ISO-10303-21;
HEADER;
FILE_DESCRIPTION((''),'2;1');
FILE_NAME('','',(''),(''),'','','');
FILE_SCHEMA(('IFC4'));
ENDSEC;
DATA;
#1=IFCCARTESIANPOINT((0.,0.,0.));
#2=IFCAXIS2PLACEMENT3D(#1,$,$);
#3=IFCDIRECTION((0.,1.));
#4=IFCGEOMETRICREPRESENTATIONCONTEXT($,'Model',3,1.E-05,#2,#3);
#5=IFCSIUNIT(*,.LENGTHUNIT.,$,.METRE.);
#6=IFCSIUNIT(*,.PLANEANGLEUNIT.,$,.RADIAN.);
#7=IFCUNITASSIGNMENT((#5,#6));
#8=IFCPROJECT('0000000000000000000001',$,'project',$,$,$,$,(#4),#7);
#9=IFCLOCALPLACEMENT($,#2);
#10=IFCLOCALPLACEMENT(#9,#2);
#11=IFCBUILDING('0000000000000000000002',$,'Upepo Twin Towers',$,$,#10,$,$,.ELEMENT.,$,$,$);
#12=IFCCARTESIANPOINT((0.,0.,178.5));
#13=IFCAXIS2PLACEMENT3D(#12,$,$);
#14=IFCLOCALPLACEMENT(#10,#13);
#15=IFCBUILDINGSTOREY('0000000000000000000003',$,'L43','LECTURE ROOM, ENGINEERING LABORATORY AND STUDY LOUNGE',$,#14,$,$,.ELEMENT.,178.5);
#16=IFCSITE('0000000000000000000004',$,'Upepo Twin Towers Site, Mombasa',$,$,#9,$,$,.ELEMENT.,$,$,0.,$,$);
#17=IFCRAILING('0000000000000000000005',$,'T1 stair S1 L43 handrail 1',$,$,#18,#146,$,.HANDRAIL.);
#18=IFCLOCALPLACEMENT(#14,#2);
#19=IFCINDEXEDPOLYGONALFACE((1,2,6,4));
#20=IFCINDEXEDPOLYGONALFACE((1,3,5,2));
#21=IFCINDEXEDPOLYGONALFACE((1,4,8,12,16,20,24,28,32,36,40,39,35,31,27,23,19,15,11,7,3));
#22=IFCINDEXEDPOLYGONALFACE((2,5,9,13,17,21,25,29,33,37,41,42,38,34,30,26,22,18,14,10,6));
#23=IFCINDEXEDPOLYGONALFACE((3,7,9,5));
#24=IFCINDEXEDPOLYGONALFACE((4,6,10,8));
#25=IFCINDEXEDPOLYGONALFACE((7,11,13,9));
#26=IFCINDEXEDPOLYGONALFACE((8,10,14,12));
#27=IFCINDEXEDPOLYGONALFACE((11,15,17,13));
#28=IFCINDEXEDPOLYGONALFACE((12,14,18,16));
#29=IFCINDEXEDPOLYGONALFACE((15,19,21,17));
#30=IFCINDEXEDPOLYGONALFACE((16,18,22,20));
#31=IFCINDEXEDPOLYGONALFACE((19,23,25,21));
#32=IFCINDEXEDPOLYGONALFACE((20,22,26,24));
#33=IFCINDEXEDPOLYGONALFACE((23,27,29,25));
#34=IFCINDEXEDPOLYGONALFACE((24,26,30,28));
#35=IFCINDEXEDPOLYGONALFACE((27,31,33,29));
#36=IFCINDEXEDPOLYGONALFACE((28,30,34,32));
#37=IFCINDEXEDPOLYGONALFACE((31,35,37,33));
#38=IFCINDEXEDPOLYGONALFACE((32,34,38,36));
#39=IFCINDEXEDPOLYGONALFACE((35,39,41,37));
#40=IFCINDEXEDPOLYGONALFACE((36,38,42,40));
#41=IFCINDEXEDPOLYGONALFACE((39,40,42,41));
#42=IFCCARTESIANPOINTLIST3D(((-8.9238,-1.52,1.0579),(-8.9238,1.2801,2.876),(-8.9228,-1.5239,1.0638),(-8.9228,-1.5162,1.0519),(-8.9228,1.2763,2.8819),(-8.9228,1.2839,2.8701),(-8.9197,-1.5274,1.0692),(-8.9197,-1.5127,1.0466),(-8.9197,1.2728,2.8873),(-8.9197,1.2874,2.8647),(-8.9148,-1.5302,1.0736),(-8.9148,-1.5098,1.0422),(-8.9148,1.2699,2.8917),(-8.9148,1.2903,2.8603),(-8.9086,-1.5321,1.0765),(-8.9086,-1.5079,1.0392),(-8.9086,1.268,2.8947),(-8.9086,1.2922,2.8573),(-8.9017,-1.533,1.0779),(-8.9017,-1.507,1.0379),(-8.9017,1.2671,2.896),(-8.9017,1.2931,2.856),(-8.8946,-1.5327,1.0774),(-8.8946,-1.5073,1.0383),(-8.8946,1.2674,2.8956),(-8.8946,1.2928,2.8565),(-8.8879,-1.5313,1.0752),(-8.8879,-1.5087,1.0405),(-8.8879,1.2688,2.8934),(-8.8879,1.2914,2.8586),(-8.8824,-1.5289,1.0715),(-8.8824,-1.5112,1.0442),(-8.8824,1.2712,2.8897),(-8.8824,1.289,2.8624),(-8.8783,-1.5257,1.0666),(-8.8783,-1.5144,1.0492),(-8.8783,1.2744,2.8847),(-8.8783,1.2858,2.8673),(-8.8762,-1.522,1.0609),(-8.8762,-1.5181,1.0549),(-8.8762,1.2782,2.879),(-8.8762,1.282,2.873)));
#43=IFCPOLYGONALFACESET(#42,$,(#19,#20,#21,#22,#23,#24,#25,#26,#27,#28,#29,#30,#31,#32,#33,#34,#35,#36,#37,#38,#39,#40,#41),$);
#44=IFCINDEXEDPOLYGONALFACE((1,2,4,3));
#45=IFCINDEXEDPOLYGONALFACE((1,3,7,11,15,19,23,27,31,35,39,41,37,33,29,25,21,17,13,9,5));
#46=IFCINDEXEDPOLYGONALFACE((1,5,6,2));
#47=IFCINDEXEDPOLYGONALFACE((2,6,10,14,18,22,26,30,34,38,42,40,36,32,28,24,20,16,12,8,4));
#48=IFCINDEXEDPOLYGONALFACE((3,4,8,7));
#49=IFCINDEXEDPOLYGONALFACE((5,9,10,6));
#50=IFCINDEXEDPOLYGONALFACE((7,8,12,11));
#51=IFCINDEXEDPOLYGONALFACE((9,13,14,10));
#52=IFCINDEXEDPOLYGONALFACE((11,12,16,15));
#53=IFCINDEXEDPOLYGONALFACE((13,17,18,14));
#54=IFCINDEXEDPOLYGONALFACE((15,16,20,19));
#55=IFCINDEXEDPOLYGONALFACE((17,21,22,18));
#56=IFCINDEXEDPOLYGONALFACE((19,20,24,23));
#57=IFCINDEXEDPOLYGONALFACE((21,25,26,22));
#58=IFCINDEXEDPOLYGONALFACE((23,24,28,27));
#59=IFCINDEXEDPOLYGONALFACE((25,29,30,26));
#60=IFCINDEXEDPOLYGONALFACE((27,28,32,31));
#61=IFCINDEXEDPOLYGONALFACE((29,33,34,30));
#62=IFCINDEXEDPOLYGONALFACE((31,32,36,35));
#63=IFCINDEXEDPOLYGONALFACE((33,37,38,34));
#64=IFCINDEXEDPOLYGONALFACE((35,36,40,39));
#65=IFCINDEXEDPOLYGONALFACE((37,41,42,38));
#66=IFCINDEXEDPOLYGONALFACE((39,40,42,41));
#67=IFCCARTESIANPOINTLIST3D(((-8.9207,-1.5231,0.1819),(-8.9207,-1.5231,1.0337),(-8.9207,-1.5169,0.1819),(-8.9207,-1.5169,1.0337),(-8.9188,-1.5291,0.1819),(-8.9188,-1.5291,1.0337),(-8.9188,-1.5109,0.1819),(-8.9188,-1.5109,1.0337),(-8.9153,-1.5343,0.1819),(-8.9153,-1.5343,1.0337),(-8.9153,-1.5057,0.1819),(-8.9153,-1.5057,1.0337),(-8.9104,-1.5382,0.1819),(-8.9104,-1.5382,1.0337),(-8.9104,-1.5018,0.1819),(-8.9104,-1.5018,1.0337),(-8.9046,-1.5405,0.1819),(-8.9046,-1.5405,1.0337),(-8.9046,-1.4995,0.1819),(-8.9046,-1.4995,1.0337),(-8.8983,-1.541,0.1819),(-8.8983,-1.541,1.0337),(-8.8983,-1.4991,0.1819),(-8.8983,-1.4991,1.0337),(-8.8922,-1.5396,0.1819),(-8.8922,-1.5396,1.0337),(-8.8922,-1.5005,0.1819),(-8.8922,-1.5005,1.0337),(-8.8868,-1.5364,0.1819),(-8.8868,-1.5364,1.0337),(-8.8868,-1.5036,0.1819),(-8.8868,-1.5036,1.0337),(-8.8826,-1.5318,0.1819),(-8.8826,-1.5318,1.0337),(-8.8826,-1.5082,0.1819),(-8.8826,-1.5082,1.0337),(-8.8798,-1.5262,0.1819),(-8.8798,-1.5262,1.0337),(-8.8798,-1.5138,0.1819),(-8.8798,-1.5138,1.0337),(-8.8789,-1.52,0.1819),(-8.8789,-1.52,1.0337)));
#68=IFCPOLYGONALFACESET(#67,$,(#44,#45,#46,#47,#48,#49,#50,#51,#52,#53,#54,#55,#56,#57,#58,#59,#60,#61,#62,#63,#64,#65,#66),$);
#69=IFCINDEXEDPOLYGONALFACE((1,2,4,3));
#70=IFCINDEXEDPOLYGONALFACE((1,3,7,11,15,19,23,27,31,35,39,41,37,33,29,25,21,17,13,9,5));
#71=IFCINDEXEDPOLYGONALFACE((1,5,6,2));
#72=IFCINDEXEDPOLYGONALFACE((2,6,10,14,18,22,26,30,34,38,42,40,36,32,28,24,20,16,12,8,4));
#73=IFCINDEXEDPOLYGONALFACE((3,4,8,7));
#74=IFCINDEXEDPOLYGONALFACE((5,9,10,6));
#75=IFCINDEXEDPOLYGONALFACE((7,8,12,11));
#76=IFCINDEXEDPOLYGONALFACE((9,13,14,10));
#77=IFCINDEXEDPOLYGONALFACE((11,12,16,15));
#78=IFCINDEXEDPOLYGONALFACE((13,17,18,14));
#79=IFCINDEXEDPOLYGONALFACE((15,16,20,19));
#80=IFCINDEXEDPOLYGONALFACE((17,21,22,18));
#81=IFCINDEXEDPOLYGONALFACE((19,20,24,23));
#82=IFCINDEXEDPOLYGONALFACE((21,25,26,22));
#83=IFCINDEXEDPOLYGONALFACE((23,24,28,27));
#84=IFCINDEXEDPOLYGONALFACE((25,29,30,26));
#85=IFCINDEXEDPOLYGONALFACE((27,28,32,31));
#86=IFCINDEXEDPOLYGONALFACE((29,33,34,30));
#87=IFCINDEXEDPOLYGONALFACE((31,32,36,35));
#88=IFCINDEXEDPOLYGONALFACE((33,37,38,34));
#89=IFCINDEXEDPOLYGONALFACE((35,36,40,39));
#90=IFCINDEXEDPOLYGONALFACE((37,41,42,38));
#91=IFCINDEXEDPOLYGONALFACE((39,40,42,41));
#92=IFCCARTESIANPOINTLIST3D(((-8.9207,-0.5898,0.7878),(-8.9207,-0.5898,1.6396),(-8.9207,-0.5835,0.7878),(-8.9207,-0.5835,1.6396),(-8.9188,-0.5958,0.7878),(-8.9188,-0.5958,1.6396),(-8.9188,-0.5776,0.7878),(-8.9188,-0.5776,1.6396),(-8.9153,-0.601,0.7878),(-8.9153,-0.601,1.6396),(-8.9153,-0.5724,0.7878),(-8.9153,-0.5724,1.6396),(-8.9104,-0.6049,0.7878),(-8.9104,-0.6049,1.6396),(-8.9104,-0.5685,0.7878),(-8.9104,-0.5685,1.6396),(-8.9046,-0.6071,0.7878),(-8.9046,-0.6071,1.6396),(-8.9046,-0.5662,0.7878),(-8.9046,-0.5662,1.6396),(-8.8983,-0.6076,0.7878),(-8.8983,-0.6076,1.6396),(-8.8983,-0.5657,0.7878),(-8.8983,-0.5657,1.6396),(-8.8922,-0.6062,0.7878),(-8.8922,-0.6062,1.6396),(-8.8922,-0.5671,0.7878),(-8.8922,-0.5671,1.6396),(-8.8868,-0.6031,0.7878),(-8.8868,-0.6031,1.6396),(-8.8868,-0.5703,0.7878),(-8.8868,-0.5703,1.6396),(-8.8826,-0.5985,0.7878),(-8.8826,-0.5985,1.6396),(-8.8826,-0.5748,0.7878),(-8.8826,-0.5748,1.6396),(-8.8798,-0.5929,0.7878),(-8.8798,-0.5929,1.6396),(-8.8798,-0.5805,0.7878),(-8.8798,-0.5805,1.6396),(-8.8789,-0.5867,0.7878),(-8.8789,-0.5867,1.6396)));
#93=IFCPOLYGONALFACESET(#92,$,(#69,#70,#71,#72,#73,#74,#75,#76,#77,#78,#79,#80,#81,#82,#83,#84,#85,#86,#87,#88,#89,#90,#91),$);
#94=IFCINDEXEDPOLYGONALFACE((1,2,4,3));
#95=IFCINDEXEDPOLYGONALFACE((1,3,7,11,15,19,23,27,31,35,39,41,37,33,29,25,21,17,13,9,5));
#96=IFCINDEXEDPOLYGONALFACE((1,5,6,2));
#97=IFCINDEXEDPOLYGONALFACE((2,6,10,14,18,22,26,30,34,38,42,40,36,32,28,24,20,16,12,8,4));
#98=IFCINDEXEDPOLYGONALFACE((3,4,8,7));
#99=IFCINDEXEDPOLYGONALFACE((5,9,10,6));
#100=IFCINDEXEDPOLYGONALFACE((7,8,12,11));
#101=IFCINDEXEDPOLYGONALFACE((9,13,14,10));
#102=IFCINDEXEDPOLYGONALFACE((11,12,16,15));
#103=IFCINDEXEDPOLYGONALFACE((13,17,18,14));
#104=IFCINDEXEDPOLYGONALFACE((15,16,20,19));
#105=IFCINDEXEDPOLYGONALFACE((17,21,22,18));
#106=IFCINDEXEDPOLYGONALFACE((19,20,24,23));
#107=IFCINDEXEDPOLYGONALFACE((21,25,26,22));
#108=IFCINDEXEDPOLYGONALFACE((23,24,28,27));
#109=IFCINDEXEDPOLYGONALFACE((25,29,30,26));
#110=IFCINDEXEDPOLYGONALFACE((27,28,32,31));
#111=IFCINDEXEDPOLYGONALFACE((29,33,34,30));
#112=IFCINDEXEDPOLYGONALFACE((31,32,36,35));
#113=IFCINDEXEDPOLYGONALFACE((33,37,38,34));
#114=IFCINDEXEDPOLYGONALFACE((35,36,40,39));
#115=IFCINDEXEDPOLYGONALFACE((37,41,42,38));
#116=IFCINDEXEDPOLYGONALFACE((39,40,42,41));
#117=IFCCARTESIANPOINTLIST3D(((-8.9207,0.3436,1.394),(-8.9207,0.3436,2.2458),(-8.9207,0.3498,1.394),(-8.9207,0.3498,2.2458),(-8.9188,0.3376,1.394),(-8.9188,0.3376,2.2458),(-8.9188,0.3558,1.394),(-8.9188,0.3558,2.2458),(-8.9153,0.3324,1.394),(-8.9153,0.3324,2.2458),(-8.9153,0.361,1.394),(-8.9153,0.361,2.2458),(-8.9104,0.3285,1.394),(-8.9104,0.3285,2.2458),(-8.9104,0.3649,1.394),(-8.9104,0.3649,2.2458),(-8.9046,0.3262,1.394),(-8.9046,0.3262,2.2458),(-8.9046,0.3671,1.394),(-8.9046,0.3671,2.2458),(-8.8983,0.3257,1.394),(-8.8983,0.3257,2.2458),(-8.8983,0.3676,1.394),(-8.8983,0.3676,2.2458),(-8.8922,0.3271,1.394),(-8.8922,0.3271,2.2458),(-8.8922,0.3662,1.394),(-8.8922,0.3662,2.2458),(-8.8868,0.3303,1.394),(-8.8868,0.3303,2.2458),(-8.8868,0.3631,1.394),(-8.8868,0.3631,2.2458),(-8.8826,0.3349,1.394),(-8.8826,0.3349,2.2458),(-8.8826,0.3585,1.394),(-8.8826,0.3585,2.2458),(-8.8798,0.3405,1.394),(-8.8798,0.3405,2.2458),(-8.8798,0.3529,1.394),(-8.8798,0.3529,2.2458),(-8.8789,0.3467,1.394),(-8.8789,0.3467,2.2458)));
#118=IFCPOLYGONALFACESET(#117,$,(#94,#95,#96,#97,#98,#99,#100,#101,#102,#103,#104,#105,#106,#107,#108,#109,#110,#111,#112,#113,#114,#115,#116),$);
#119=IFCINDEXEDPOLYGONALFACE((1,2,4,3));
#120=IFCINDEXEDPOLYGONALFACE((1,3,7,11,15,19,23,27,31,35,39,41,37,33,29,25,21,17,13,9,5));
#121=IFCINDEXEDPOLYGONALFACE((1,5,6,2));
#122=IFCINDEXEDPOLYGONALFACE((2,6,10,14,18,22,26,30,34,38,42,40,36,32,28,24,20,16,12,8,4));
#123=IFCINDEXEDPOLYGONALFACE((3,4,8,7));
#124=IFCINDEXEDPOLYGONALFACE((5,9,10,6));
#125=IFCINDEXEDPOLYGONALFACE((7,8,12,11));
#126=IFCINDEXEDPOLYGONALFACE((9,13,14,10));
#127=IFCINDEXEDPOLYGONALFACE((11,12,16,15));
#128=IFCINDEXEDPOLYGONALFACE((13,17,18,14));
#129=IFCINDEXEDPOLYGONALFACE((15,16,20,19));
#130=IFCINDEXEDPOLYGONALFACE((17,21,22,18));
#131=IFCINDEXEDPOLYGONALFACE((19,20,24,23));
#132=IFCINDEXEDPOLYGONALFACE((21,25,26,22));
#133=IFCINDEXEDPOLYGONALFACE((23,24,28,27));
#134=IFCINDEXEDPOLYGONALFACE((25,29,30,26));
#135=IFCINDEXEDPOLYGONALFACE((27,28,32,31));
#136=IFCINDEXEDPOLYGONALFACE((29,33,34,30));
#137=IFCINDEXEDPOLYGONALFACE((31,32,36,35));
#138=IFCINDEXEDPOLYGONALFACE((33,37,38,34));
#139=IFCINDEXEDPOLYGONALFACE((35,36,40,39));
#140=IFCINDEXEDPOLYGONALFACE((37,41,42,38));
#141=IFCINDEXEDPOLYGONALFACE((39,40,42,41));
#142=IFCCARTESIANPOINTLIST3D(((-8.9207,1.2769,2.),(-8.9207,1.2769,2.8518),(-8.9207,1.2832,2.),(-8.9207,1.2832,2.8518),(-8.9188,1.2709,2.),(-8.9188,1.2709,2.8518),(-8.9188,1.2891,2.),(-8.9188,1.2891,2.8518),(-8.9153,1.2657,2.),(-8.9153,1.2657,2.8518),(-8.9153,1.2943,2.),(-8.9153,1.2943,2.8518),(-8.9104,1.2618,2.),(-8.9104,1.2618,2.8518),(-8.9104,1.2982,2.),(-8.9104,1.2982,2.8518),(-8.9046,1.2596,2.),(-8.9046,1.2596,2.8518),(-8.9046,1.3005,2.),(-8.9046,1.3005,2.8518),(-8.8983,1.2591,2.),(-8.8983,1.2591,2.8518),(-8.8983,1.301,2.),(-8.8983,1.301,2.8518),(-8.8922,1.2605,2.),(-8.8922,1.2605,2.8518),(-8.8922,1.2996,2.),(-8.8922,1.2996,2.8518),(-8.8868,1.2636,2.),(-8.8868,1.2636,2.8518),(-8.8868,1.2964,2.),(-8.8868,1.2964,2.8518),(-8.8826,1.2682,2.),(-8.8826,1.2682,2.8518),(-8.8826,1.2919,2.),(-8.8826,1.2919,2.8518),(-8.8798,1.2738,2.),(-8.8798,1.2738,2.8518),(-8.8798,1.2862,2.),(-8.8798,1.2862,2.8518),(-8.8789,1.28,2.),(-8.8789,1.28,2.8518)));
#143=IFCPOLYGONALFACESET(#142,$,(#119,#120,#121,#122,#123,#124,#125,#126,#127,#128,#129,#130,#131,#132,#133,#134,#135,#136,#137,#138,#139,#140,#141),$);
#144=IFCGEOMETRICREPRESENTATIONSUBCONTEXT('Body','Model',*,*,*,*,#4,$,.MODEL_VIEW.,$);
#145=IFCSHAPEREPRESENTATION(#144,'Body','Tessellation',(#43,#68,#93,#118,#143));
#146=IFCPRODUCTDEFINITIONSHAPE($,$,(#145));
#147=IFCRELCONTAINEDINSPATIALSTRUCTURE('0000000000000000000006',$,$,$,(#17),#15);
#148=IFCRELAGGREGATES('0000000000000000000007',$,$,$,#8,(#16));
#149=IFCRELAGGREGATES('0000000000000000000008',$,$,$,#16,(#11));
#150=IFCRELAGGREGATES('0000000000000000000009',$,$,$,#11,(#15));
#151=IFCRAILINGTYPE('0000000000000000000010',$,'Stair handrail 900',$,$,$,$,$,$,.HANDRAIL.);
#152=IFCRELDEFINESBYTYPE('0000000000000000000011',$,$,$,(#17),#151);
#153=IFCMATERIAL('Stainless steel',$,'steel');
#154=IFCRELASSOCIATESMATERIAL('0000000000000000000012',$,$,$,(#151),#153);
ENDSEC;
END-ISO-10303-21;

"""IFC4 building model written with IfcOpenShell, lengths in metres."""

from ifc_helpers import new_model, si_unit, direction, frame, origin, origin_2d, place, context, subcontext, project, spatial, circle, extrude, material, type_object, element, save


model = new_model("IFC4")

# Units and contexts
model_context = context("Model", 3, precision=1e-05, world=origin(), true_north=direction((0.0, 1.0)))
body_context = subcontext(model_context, "Body", "Model", "MODEL_VIEW")
ifc_project = project(units=[si_unit("LENGTHUNIT", "METRE"), si_unit("PLANEANGLEUNIT", "RADIAN")], contexts=[model_context])

# Site, building, storey
site_placement = place(None, origin())
site = spatial("IfcSite", under=ifc_project, at=site_placement, Name="Upepo Twin Towers Site, Mombasa", CompositionType="ELEMENT", RefElevation=0.0)
building_placement = place(site_placement, origin())
building = spatial("IfcBuilding", under=site, at=building_placement, Name="Upepo Twin Towers", CompositionType="ELEMENT")
storey_placement = place(building_placement, frame((0.0, 0.0, 178.5)))
storey = spatial("IfcBuildingStorey", under=building, at=storey_placement, Name="L43", Description="LECTURE ROOM, ENGINEERING LABORATORY AND STUDY LOUNGE", CompositionType="ELEMENT", Elevation=178.5)

# Railing
ifc_material_1 = material(Name="Stainless steel", Category="steel")
railing_type = type_object("IfcRailingType", Name="Stair handrail 900", PredefinedType="HANDRAIL", material=ifc_material_1)
railing_1_placement = place(storey_placement, frame((-8.8999, -1.52, 0.1819)))
element("IfcRailing", 1, at=railing_1_placement, inside=storey, type_object=railing_type, Name="T1 stair S1 L43 handrail 1", PredefinedType="HANDRAIL", context=body_context, shape_type="SweptSolid", body=[
    extrude(circle(Radius=0.0239, at=origin_2d()), frame((0.0, 0.0, 0.876), z_axis=(0.0, 0.838706, 0.544585), x_axis=(-1.0, 0.0, 0.0)), (0.0, 0.0, 1.0), 3.3386),
    extrude(circle(Radius=0.021, at=origin_2d()), origin(), (0.0, 0.0, 1.0), 0.8518),
    extrude(circle(Radius=0.021, at=origin_2d()), frame((0.0, 0.9333, 0.606)), (0.0, 0.0, 1.0), 0.8518),
    extrude(circle(Radius=0.021, at=origin_2d()), frame((0.0, 1.8667, 1.2122)), (0.0, 0.0, 1.0), 0.8518),
    extrude(circle(Radius=0.021, at=origin_2d()), frame((0.0, 2.8, 1.8181)), (0.0, 0.0, 1.0), 0.8518),
])

save(model, "model.ifc")
